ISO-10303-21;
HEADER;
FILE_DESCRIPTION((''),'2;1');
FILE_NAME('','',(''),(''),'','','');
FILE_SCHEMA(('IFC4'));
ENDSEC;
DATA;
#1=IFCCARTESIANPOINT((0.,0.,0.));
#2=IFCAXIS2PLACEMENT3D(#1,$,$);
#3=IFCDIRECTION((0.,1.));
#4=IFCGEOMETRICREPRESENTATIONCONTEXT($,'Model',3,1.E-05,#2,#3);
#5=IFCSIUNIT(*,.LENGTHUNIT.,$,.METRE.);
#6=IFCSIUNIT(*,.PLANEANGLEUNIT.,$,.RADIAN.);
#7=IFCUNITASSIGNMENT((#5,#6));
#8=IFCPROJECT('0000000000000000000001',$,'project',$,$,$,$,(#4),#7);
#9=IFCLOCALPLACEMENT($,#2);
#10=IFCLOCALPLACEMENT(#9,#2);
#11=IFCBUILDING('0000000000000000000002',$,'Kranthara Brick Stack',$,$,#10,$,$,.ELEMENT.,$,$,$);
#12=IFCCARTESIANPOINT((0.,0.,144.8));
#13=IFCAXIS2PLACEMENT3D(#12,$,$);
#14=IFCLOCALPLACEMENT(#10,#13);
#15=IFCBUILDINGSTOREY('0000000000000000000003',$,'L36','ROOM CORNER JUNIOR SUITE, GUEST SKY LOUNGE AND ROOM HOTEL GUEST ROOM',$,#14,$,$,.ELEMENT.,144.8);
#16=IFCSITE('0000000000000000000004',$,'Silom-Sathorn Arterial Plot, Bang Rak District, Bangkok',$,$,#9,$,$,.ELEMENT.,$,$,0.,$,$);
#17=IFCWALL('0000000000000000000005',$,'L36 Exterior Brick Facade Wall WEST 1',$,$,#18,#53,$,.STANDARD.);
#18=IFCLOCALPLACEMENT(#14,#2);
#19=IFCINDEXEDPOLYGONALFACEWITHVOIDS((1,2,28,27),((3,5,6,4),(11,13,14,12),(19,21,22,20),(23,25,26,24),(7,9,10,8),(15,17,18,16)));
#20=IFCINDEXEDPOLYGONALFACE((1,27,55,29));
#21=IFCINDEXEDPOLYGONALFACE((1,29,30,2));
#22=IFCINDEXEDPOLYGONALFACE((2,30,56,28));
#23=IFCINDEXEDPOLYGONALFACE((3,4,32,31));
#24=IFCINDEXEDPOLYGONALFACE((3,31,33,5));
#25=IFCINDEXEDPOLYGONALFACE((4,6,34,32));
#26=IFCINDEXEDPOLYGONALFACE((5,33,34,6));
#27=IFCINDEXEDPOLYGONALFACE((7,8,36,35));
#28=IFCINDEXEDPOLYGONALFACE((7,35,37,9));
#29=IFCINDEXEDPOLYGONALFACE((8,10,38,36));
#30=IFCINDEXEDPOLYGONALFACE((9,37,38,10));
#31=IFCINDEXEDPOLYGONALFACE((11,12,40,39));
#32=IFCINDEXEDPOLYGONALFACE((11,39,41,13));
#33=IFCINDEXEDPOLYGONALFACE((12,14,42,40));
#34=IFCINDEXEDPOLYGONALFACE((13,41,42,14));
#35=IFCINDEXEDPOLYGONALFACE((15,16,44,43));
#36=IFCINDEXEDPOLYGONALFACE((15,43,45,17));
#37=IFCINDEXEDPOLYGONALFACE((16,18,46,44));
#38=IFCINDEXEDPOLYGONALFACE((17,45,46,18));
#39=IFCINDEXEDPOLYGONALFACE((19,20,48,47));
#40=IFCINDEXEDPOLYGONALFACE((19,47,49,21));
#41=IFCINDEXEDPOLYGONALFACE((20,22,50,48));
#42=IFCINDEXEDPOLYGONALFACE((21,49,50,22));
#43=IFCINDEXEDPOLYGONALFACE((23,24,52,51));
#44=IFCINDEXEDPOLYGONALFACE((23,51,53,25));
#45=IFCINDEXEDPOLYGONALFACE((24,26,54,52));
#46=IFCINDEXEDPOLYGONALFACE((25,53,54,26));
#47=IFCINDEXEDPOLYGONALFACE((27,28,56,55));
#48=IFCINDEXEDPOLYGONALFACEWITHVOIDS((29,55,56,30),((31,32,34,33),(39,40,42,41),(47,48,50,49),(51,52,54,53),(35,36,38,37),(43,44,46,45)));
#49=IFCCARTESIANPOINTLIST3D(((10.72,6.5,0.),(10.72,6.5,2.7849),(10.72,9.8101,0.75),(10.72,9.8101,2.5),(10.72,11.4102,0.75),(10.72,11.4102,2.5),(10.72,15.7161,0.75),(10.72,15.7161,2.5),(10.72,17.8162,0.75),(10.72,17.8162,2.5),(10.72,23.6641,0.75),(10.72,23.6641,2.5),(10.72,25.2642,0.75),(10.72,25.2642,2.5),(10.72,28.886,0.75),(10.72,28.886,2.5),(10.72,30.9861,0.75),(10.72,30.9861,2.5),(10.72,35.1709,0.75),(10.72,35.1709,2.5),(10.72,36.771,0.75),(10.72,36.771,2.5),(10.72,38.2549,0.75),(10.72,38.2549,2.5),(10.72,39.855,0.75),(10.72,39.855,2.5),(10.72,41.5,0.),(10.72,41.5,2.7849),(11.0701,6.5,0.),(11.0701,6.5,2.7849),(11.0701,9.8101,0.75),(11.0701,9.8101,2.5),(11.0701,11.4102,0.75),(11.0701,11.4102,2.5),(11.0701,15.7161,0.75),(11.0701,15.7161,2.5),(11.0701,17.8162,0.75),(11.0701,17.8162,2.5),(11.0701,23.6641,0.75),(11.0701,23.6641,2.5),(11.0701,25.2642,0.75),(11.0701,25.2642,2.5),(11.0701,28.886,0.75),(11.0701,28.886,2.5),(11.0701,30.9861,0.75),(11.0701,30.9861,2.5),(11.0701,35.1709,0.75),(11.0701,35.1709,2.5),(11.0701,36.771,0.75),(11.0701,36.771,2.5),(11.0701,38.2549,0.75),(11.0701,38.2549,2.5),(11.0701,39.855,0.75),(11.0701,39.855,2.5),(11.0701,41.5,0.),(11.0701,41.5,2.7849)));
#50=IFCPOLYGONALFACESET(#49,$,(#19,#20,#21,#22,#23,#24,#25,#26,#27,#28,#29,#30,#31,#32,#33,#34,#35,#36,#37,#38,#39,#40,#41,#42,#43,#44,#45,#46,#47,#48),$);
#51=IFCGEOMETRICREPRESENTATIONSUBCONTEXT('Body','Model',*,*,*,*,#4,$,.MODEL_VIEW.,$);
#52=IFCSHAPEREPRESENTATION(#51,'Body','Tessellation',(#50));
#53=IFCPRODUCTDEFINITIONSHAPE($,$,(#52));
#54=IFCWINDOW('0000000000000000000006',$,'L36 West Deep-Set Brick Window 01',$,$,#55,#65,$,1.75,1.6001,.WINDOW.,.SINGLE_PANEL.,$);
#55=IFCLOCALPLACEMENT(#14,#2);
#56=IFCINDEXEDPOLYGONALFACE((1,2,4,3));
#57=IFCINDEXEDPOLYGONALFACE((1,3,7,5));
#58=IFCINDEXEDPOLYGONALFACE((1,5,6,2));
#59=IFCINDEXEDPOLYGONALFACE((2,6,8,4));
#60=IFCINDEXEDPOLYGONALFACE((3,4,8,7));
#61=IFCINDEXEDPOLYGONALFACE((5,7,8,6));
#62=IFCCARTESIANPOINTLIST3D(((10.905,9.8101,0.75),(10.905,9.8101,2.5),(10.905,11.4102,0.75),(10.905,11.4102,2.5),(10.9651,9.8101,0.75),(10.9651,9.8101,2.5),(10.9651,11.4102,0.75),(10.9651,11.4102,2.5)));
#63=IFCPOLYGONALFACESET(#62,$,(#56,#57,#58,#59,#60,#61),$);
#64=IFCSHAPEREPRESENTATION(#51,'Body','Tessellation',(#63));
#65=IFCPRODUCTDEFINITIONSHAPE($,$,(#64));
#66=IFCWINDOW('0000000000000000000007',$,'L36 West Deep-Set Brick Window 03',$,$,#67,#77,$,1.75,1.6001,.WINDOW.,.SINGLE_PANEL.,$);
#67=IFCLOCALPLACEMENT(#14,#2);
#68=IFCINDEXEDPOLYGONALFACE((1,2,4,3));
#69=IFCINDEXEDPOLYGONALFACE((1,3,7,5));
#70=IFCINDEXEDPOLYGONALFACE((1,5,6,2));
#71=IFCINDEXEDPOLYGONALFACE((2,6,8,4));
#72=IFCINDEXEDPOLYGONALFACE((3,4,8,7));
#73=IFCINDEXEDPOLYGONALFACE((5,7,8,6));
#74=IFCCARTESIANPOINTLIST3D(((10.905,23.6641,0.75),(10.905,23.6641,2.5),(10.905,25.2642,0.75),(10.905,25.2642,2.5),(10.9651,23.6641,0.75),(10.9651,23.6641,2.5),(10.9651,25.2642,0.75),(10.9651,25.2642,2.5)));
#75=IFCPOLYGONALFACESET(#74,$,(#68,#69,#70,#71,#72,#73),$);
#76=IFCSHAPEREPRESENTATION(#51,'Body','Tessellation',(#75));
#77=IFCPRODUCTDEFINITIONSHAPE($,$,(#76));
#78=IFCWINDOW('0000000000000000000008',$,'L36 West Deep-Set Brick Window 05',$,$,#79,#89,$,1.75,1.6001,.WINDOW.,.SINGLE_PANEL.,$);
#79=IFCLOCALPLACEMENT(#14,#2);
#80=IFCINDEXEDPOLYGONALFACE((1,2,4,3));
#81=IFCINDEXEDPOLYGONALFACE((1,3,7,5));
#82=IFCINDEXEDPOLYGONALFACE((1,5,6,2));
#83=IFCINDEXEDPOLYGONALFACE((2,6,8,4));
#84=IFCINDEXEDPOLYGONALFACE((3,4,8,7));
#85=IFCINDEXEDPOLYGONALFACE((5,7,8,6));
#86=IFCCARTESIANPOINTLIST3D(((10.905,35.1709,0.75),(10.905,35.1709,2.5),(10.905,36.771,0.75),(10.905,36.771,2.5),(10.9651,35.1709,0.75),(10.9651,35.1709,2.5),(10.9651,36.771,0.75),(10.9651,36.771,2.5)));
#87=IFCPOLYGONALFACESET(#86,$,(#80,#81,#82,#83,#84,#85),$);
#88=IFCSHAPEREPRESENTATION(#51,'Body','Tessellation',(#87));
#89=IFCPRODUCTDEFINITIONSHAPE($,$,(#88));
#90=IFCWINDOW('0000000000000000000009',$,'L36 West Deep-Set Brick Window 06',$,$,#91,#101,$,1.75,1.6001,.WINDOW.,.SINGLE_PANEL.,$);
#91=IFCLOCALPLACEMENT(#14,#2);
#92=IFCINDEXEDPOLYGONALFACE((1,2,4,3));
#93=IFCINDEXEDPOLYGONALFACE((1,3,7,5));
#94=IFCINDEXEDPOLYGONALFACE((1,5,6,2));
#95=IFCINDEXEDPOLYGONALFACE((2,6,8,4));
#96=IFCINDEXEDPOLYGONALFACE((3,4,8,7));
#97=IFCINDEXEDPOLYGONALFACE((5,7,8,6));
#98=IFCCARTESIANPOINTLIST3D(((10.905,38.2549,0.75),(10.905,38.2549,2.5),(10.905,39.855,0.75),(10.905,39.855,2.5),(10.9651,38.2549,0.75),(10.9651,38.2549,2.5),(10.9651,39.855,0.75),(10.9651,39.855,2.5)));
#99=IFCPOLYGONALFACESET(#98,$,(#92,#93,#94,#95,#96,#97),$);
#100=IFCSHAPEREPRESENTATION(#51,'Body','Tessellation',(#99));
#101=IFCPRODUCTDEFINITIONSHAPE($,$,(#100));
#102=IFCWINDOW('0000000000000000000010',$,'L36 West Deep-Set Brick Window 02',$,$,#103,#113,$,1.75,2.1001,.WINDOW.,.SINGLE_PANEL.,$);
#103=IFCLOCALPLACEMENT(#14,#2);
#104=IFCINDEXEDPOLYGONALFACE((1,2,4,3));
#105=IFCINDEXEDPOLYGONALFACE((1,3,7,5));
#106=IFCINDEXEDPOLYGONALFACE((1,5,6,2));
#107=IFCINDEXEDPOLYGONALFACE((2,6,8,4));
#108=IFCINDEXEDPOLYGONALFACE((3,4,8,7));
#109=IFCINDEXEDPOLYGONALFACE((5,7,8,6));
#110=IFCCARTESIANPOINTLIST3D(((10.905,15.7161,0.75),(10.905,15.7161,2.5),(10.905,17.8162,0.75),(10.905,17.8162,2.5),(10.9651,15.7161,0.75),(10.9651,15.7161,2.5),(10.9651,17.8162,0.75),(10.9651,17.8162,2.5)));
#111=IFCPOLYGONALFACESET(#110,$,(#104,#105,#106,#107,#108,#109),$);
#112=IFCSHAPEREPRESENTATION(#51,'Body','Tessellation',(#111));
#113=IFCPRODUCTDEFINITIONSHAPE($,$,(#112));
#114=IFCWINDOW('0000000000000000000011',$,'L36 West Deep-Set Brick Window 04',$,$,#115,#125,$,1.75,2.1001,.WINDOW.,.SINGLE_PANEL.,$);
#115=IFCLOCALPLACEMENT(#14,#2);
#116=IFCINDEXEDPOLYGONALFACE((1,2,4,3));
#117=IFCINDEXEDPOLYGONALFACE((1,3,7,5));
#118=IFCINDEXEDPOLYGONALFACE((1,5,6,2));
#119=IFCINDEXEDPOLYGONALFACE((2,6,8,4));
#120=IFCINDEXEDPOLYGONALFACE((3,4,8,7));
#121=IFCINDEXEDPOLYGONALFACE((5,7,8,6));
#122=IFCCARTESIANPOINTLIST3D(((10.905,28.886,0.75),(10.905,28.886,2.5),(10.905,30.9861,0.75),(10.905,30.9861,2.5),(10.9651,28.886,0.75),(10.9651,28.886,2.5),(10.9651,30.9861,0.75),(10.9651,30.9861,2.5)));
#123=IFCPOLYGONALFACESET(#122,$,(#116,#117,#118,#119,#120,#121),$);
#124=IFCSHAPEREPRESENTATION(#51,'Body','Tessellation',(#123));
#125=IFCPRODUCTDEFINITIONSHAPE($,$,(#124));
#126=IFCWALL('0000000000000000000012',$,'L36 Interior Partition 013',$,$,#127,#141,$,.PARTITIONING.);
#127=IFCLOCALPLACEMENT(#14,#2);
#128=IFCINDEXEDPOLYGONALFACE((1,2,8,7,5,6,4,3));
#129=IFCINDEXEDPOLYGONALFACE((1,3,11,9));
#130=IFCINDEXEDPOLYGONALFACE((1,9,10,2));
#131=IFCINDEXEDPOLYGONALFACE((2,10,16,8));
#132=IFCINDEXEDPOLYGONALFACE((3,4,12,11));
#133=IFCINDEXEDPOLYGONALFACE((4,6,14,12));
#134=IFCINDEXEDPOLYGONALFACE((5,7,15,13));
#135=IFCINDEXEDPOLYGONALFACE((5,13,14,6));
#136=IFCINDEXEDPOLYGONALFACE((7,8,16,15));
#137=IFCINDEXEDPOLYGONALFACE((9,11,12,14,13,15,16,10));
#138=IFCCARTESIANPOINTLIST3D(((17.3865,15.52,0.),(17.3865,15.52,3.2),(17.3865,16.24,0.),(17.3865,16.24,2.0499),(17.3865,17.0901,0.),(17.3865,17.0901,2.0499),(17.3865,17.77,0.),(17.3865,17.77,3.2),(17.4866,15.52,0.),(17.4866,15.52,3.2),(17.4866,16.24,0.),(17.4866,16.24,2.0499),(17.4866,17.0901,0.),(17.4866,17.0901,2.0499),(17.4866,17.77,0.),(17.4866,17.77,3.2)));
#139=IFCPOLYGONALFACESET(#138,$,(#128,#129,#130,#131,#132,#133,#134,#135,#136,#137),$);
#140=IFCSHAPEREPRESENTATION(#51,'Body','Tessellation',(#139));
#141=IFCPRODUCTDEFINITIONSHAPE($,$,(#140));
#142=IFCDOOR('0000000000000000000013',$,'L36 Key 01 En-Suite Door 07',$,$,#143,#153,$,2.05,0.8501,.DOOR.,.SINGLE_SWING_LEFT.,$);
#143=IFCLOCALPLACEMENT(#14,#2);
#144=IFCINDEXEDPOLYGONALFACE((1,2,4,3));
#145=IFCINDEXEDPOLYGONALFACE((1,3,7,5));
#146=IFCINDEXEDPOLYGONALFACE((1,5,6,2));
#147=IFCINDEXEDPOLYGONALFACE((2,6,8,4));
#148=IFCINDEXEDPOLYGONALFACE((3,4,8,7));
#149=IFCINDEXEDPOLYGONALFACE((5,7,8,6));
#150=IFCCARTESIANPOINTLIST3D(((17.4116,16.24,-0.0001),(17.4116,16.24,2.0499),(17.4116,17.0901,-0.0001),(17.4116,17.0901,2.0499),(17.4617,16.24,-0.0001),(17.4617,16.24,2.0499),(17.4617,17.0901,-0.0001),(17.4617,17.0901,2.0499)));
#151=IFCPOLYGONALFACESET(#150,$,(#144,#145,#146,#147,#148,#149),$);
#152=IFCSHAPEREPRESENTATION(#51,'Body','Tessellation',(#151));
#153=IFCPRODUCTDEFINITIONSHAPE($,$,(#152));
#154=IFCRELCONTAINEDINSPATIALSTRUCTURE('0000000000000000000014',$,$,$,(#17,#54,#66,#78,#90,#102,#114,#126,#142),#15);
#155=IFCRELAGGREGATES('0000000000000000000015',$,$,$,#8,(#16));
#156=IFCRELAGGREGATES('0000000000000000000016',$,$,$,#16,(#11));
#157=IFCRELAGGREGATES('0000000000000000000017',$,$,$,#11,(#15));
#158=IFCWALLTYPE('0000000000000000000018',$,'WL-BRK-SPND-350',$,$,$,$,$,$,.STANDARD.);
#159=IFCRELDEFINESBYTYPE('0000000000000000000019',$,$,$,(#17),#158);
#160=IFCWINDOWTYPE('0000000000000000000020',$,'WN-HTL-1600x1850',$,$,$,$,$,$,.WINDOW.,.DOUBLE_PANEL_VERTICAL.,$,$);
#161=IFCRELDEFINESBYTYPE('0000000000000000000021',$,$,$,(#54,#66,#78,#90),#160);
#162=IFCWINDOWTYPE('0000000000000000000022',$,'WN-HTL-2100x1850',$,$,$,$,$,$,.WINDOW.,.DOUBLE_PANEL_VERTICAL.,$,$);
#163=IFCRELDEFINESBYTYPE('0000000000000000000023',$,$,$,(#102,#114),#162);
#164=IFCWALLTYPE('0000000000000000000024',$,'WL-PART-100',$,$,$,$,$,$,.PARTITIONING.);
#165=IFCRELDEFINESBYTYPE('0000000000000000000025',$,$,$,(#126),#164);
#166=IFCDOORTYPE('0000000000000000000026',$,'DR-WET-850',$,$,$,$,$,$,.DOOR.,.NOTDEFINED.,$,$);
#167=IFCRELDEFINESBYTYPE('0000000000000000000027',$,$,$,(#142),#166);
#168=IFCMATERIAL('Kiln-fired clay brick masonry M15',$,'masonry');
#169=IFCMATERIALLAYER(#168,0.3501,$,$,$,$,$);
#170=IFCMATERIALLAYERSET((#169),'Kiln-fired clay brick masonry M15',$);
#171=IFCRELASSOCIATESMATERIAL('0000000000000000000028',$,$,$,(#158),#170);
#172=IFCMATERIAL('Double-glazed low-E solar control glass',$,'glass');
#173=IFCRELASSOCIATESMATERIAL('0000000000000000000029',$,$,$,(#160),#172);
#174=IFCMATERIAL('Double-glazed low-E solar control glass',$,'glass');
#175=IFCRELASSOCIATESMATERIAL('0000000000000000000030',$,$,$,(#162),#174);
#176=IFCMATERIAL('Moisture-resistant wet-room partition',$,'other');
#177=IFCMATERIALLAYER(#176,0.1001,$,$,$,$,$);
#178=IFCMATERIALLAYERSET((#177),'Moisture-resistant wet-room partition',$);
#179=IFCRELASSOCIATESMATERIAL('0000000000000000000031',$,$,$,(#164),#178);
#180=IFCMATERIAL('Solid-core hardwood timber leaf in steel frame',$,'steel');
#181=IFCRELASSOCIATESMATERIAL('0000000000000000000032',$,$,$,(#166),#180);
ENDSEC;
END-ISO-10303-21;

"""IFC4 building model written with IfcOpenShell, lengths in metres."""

from ifc_helpers import new_model, si_unit, direction, frame, frame_2d, origin, place, context, subcontext, project, spatial, rectangle, extrude, material, layer, layer_set, type_object, element, fill, save


model = new_model("IFC4")

# Units and contexts
model_context = context("Model", 3, precision=1e-05, world=origin(), true_north=direction((0.0, 1.0)))
body_context = subcontext(model_context, "Body", "Model", "MODEL_VIEW")
ifc_project = project(units=[si_unit("LENGTHUNIT", "METRE"), si_unit("PLANEANGLEUNIT", "RADIAN")], contexts=[model_context])

# Site, building, storey
site_placement = place(None, origin())
site = spatial("IfcSite", under=ifc_project, at=site_placement, Name="Silom-Sathorn Arterial Plot, Bang Rak District, Bangkok", CompositionType="ELEMENT", RefElevation=0.0)
building_placement = place(site_placement, origin())
building = spatial("IfcBuilding", under=site, at=building_placement, Name="Kranthara Brick Stack", CompositionType="ELEMENT")
storey_placement = place(building_placement, frame((0.0, 0.0, 144.8)))
storey = spatial("IfcBuildingStorey", under=building, at=storey_placement, Name="L36", Description="ROOM CORNER JUNIOR SUITE, GUEST SKY LOUNGE AND ROOM HOTEL GUEST ROOM", CompositionType="ELEMENT", Elevation=144.8)

# Wall, openings, windows
ifc_material_1 = material(Name="Kiln-fired clay brick masonry M15", Category="masonry")
ifc_layer_1 = layer(ifc_material_1, 0.3501)
ifc_layer_set_1 = layer_set([ifc_layer_1], Name="Kiln-fired clay brick masonry M15")
wall_type_1 = type_object("IfcWallType", Name="WL-BRK-SPND-350", PredefinedType="STANDARD", material=ifc_layer_set_1)
wall_1_placement = place(storey_placement, frame((10.895, 6.5, 0.0), z_axis=(0.0, 0.0, 1.0), x_axis=(0.0, 1.0, 0.0)))
wall_1 = element("IfcWall", 1, at=wall_1_placement, inside=storey, type_object=wall_type_1, Name="L36 Exterior Brick Facade Wall WEST 1", PredefinedType="STANDARD", context=body_context, shape_type="SweptSolid", body=[
    extrude(rectangle(XDim=35.0, YDim=0.3501, at=frame_2d((17.5, 0.0))), origin(), (0.0, 0.0, 1.0), 2.7849),
])
opening_1_placement = place(wall_1_placement, frame((3.3101, 0.0, 0.75)))
opening_1 = element("IfcOpeningElement", 2, at=opening_1_placement, cuts=wall_1, PredefinedType="OPENING", context=body_context, shape_type="SweptSolid", body=[
    extrude(rectangle(XDim=1.6001, YDim=1.75, at=frame_2d((0.8, 0.875))), frame((0.0, 0.1851, 0.0), z_axis=(0.0, -1.0, 0.0), x_axis=(1.0, 0.0, 0.0)), (0.0, 0.0, 1.0), 0.3701),
])
opening_2_placement = place(wall_1_placement, frame((9.2161, 0.0, 0.75)))
opening_2 = element("IfcOpeningElement", 3, at=opening_2_placement, cuts=wall_1, PredefinedType="OPENING", context=body_context, shape_type="SweptSolid", body=[
    extrude(rectangle(XDim=2.1001, YDim=1.75, at=frame_2d((1.05, 0.875))), frame((0.0, 0.1851, 0.0), z_axis=(0.0, -1.0, 0.0), x_axis=(1.0, 0.0, 0.0)), (0.0, 0.0, 1.0), 0.3701),
])
opening_3_placement = place(wall_1_placement, frame((17.1641, 0.0, 0.75)))
opening_3 = element("IfcOpeningElement", 4, at=opening_3_placement, cuts=wall_1, PredefinedType="OPENING", context=body_context, shape_type="SweptSolid", body=[
    extrude(rectangle(XDim=1.6001, YDim=1.75, at=frame_2d((0.8, 0.875))), frame((0.0, 0.1851, 0.0), z_axis=(0.0, -1.0, 0.0), x_axis=(1.0, 0.0, 0.0)), (0.0, 0.0, 1.0), 0.3701),
])
opening_4_placement = place(wall_1_placement, frame((22.386, 0.0, 0.75)))
opening_4 = element("IfcOpeningElement", 5, at=opening_4_placement, cuts=wall_1, PredefinedType="OPENING", context=body_context, shape_type="SweptSolid", body=[
    extrude(rectangle(XDim=2.1001, YDim=1.75, at=frame_2d((1.05, 0.875))), frame((0.0, 0.1851, 0.0), z_axis=(0.0, -1.0, 0.0), x_axis=(1.0, 0.0, 0.0)), (0.0, 0.0, 1.0), 0.3701),
])
opening_5_placement = place(wall_1_placement, frame((28.6709, 0.0, 0.75)))
opening_5 = element("IfcOpeningElement", 6, at=opening_5_placement, cuts=wall_1, PredefinedType="OPENING", context=body_context, shape_type="SweptSolid", body=[
    extrude(rectangle(XDim=1.6001, YDim=1.75, at=frame_2d((0.8, 0.875))), frame((0.0, 0.1851, 0.0), z_axis=(0.0, -1.0, 0.0), x_axis=(1.0, 0.0, 0.0)), (0.0, 0.0, 1.0), 0.3701),
])
opening_6_placement = place(wall_1_placement, frame((31.7549, 0.0, 0.75)))
opening_6 = element("IfcOpeningElement", 7, at=opening_6_placement, cuts=wall_1, PredefinedType="OPENING", context=body_context, shape_type="SweptSolid", body=[
    extrude(rectangle(XDim=1.6001, YDim=1.75, at=frame_2d((0.8, 0.875))), frame((0.0, 0.1851, 0.0), z_axis=(0.0, -1.0, 0.0), x_axis=(1.0, 0.0, 0.0)), (0.0, 0.0, 1.0), 0.3701),
])
ifc_material_2 = material(Name="Double-glazed low-E solar control glass", Category="glass")
window_type_1 = type_object("IfcWindowType", Name="WN-HTL-1600x1850", PartitioningType="DOUBLE_PANEL_VERTICAL", PredefinedType="WINDOW", material=ifc_material_2)
window_1_placement = place(opening_1_placement, origin())
window_1 = element("IfcWindow", 8, at=window_1_placement, inside=storey, type_object=window_type_1, Name="L36 West Deep-Set Brick Window 01", OverallHeight=1.75, OverallWidth=1.6001, PartitioningType="SINGLE_PANEL", PredefinedType="WINDOW", context=body_context, shape_type="SweptSolid", body=[
    extrude(rectangle(XDim=1.6001, YDim=1.75, at=frame_2d((0.8, 0.875))), frame((0.0, -0.01, 0.0), z_axis=(0.0, -1.0, 0.0), x_axis=(1.0, 0.0, 0.0)), (0.0, 0.0, 1.0), 0.0601),
])
fill(opening_1, window_1)
window_2_placement = place(opening_3_placement, origin())
window_2 = element("IfcWindow", 9, at=window_2_placement, inside=storey, type_object=window_type_1, Name="L36 West Deep-Set Brick Window 03", OverallHeight=1.75, OverallWidth=1.6001, PartitioningType="SINGLE_PANEL", PredefinedType="WINDOW", context=body_context, shape_type="SweptSolid", body=[
    extrude(rectangle(XDim=1.6001, YDim=1.75, at=frame_2d((0.8, 0.875))), frame((0.0, -0.01, 0.0), z_axis=(0.0, -1.0, 0.0), x_axis=(1.0, 0.0, 0.0)), (0.0, 0.0, 1.0), 0.0601),
])
fill(opening_3, window_2)
window_3_placement = place(opening_5_placement, origin())
window_3 = element("IfcWindow", 10, at=window_3_placement, inside=storey, type_object=window_type_1, Name="L36 West Deep-Set Brick Window 05", OverallHeight=1.75, OverallWidth=1.6001, PartitioningType="SINGLE_PANEL", PredefinedType="WINDOW", context=body_context, shape_type="SweptSolid", body=[
    extrude(rectangle(XDim=1.6001, YDim=1.75, at=frame_2d((0.8, 0.875))), frame((0.0, -0.01, 0.0), z_axis=(0.0, -1.0, 0.0), x_axis=(1.0, 0.0, 0.0)), (0.0, 0.0, 1.0), 0.0601),
])
fill(opening_5, window_3)
window_4_placement = place(opening_6_placement, origin())
window_4 = element("IfcWindow", 11, at=window_4_placement, inside=storey, type_object=window_type_1, Name="L36 West Deep-Set Brick Window 06", OverallHeight=1.75, OverallWidth=1.6001, PartitioningType="SINGLE_PANEL", PredefinedType="WINDOW", context=body_context, shape_type="SweptSolid", body=[
    extrude(rectangle(XDim=1.6001, YDim=1.75, at=frame_2d((0.8, 0.875))), frame((0.0, -0.01, 0.0), z_axis=(0.0, -1.0, 0.0), x_axis=(1.0, 0.0, 0.0)), (0.0, 0.0, 1.0), 0.0601),
])
fill(opening_6, window_4)
ifc_material_3 = material(Name="Double-glazed low-E solar control glass", Category="glass")
window_type_2 = type_object("IfcWindowType", Name="WN-HTL-2100x1850", PartitioningType="DOUBLE_PANEL_VERTICAL", PredefinedType="WINDOW", material=ifc_material_3)
window_5_placement = place(opening_2_placement, origin())
window_5 = element("IfcWindow", 12, at=window_5_placement, inside=storey, type_object=window_type_2, Name="L36 West Deep-Set Brick Window 02", OverallHeight=1.75, OverallWidth=2.1001, PartitioningType="SINGLE_PANEL", PredefinedType="WINDOW", context=body_context, shape_type="SweptSolid", body=[
    extrude(rectangle(XDim=2.1001, YDim=1.75, at=frame_2d((1.05, 0.875))), frame((0.0, -0.01, 0.0), z_axis=(0.0, -1.0, 0.0), x_axis=(1.0, 0.0, 0.0)), (0.0, 0.0, 1.0), 0.0601),
])
fill(opening_2, window_5)
window_6_placement = place(opening_4_placement, origin())
window_6 = element("IfcWindow", 13, at=window_6_placement, inside=storey, type_object=window_type_2, Name="L36 West Deep-Set Brick Window 04", OverallHeight=1.75, OverallWidth=2.1001, PartitioningType="SINGLE_PANEL", PredefinedType="WINDOW", context=body_context, shape_type="SweptSolid", body=[
    extrude(rectangle(XDim=2.1001, YDim=1.75, at=frame_2d((1.05, 0.875))), frame((0.0, -0.01, 0.0), z_axis=(0.0, -1.0, 0.0), x_axis=(1.0, 0.0, 0.0)), (0.0, 0.0, 1.0), 0.0601),
])
fill(opening_4, window_6)

# Wall, opening, door
ifc_material_4 = material(Name="Moisture-resistant wet-room partition", Category="other")
ifc_layer_2 = layer(ifc_material_4, 0.1001)
ifc_layer_set_2 = layer_set([ifc_layer_2], Name="Moisture-resistant wet-room partition")
wall_type_2 = type_object("IfcWallType", Name="WL-PART-100", PredefinedType="PARTITIONING", material=ifc_layer_set_2)
wall_2_placement = place(storey_placement, frame((17.4365, 15.52, 0.0), z_axis=(0.0, 0.0, 1.0), x_axis=(0.0, 1.0, 0.0)))
wall_2 = element("IfcWall", 14, at=wall_2_placement, inside=storey, type_object=wall_type_2, Name="L36 Interior Partition 013", PredefinedType="PARTITIONING", context=body_context, shape_type="SweptSolid", body=[
    extrude(rectangle(XDim=2.25, YDim=0.1001, at=frame_2d((1.125, 0.0))), origin(), (0.0, 0.0, 1.0), 3.2),
])
opening_7_placement = place(wall_2_placement, frame((0.72, 0.0, 0.0)))
opening_7 = element("IfcOpeningElement", 15, at=opening_7_placement, cuts=wall_2, PredefinedType="OPENING", context=body_context, shape_type="SweptSolid", body=[
    extrude(rectangle(XDim=0.8501, YDim=2.05, at=frame_2d((0.425, 1.0249))), frame((0.0, 0.0601, 0.0), z_axis=(0.0, -1.0, 0.0), x_axis=(1.0, 0.0, 0.0)), (0.0, 0.0, 1.0), 0.1201),
])
ifc_material_5 = material(Name="Solid-core hardwood timber leaf in steel frame", Category="steel")
door_type_1 = type_object("IfcDoorType", Name="DR-WET-850", OperationType="NOTDEFINED", PredefinedType="DOOR", material=ifc_material_5)
door_1_placement = place(opening_7_placement, origin())
door_1 = element("IfcDoor", 16, at=door_1_placement, inside=storey, type_object=door_type_1, Name="L36 Key 01 En-Suite Door 07", OperationType="SINGLE_SWING_LEFT", OverallHeight=2.05, OverallWidth=0.8501, PredefinedType="DOOR", context=body_context, shape_type="SweptSolid", body=[
    extrude(rectangle(XDim=0.8501, YDim=2.05, at=frame_2d((0.425, 1.0249))), frame((0.0, 0.0249, 0.0), z_axis=(0.0, -1.0, 0.0), x_axis=(1.0, 0.0, 0.0)), (0.0, 0.0, 1.0), 0.05),
])
fill(opening_7, door_1)

save(model, "model.ifc")
